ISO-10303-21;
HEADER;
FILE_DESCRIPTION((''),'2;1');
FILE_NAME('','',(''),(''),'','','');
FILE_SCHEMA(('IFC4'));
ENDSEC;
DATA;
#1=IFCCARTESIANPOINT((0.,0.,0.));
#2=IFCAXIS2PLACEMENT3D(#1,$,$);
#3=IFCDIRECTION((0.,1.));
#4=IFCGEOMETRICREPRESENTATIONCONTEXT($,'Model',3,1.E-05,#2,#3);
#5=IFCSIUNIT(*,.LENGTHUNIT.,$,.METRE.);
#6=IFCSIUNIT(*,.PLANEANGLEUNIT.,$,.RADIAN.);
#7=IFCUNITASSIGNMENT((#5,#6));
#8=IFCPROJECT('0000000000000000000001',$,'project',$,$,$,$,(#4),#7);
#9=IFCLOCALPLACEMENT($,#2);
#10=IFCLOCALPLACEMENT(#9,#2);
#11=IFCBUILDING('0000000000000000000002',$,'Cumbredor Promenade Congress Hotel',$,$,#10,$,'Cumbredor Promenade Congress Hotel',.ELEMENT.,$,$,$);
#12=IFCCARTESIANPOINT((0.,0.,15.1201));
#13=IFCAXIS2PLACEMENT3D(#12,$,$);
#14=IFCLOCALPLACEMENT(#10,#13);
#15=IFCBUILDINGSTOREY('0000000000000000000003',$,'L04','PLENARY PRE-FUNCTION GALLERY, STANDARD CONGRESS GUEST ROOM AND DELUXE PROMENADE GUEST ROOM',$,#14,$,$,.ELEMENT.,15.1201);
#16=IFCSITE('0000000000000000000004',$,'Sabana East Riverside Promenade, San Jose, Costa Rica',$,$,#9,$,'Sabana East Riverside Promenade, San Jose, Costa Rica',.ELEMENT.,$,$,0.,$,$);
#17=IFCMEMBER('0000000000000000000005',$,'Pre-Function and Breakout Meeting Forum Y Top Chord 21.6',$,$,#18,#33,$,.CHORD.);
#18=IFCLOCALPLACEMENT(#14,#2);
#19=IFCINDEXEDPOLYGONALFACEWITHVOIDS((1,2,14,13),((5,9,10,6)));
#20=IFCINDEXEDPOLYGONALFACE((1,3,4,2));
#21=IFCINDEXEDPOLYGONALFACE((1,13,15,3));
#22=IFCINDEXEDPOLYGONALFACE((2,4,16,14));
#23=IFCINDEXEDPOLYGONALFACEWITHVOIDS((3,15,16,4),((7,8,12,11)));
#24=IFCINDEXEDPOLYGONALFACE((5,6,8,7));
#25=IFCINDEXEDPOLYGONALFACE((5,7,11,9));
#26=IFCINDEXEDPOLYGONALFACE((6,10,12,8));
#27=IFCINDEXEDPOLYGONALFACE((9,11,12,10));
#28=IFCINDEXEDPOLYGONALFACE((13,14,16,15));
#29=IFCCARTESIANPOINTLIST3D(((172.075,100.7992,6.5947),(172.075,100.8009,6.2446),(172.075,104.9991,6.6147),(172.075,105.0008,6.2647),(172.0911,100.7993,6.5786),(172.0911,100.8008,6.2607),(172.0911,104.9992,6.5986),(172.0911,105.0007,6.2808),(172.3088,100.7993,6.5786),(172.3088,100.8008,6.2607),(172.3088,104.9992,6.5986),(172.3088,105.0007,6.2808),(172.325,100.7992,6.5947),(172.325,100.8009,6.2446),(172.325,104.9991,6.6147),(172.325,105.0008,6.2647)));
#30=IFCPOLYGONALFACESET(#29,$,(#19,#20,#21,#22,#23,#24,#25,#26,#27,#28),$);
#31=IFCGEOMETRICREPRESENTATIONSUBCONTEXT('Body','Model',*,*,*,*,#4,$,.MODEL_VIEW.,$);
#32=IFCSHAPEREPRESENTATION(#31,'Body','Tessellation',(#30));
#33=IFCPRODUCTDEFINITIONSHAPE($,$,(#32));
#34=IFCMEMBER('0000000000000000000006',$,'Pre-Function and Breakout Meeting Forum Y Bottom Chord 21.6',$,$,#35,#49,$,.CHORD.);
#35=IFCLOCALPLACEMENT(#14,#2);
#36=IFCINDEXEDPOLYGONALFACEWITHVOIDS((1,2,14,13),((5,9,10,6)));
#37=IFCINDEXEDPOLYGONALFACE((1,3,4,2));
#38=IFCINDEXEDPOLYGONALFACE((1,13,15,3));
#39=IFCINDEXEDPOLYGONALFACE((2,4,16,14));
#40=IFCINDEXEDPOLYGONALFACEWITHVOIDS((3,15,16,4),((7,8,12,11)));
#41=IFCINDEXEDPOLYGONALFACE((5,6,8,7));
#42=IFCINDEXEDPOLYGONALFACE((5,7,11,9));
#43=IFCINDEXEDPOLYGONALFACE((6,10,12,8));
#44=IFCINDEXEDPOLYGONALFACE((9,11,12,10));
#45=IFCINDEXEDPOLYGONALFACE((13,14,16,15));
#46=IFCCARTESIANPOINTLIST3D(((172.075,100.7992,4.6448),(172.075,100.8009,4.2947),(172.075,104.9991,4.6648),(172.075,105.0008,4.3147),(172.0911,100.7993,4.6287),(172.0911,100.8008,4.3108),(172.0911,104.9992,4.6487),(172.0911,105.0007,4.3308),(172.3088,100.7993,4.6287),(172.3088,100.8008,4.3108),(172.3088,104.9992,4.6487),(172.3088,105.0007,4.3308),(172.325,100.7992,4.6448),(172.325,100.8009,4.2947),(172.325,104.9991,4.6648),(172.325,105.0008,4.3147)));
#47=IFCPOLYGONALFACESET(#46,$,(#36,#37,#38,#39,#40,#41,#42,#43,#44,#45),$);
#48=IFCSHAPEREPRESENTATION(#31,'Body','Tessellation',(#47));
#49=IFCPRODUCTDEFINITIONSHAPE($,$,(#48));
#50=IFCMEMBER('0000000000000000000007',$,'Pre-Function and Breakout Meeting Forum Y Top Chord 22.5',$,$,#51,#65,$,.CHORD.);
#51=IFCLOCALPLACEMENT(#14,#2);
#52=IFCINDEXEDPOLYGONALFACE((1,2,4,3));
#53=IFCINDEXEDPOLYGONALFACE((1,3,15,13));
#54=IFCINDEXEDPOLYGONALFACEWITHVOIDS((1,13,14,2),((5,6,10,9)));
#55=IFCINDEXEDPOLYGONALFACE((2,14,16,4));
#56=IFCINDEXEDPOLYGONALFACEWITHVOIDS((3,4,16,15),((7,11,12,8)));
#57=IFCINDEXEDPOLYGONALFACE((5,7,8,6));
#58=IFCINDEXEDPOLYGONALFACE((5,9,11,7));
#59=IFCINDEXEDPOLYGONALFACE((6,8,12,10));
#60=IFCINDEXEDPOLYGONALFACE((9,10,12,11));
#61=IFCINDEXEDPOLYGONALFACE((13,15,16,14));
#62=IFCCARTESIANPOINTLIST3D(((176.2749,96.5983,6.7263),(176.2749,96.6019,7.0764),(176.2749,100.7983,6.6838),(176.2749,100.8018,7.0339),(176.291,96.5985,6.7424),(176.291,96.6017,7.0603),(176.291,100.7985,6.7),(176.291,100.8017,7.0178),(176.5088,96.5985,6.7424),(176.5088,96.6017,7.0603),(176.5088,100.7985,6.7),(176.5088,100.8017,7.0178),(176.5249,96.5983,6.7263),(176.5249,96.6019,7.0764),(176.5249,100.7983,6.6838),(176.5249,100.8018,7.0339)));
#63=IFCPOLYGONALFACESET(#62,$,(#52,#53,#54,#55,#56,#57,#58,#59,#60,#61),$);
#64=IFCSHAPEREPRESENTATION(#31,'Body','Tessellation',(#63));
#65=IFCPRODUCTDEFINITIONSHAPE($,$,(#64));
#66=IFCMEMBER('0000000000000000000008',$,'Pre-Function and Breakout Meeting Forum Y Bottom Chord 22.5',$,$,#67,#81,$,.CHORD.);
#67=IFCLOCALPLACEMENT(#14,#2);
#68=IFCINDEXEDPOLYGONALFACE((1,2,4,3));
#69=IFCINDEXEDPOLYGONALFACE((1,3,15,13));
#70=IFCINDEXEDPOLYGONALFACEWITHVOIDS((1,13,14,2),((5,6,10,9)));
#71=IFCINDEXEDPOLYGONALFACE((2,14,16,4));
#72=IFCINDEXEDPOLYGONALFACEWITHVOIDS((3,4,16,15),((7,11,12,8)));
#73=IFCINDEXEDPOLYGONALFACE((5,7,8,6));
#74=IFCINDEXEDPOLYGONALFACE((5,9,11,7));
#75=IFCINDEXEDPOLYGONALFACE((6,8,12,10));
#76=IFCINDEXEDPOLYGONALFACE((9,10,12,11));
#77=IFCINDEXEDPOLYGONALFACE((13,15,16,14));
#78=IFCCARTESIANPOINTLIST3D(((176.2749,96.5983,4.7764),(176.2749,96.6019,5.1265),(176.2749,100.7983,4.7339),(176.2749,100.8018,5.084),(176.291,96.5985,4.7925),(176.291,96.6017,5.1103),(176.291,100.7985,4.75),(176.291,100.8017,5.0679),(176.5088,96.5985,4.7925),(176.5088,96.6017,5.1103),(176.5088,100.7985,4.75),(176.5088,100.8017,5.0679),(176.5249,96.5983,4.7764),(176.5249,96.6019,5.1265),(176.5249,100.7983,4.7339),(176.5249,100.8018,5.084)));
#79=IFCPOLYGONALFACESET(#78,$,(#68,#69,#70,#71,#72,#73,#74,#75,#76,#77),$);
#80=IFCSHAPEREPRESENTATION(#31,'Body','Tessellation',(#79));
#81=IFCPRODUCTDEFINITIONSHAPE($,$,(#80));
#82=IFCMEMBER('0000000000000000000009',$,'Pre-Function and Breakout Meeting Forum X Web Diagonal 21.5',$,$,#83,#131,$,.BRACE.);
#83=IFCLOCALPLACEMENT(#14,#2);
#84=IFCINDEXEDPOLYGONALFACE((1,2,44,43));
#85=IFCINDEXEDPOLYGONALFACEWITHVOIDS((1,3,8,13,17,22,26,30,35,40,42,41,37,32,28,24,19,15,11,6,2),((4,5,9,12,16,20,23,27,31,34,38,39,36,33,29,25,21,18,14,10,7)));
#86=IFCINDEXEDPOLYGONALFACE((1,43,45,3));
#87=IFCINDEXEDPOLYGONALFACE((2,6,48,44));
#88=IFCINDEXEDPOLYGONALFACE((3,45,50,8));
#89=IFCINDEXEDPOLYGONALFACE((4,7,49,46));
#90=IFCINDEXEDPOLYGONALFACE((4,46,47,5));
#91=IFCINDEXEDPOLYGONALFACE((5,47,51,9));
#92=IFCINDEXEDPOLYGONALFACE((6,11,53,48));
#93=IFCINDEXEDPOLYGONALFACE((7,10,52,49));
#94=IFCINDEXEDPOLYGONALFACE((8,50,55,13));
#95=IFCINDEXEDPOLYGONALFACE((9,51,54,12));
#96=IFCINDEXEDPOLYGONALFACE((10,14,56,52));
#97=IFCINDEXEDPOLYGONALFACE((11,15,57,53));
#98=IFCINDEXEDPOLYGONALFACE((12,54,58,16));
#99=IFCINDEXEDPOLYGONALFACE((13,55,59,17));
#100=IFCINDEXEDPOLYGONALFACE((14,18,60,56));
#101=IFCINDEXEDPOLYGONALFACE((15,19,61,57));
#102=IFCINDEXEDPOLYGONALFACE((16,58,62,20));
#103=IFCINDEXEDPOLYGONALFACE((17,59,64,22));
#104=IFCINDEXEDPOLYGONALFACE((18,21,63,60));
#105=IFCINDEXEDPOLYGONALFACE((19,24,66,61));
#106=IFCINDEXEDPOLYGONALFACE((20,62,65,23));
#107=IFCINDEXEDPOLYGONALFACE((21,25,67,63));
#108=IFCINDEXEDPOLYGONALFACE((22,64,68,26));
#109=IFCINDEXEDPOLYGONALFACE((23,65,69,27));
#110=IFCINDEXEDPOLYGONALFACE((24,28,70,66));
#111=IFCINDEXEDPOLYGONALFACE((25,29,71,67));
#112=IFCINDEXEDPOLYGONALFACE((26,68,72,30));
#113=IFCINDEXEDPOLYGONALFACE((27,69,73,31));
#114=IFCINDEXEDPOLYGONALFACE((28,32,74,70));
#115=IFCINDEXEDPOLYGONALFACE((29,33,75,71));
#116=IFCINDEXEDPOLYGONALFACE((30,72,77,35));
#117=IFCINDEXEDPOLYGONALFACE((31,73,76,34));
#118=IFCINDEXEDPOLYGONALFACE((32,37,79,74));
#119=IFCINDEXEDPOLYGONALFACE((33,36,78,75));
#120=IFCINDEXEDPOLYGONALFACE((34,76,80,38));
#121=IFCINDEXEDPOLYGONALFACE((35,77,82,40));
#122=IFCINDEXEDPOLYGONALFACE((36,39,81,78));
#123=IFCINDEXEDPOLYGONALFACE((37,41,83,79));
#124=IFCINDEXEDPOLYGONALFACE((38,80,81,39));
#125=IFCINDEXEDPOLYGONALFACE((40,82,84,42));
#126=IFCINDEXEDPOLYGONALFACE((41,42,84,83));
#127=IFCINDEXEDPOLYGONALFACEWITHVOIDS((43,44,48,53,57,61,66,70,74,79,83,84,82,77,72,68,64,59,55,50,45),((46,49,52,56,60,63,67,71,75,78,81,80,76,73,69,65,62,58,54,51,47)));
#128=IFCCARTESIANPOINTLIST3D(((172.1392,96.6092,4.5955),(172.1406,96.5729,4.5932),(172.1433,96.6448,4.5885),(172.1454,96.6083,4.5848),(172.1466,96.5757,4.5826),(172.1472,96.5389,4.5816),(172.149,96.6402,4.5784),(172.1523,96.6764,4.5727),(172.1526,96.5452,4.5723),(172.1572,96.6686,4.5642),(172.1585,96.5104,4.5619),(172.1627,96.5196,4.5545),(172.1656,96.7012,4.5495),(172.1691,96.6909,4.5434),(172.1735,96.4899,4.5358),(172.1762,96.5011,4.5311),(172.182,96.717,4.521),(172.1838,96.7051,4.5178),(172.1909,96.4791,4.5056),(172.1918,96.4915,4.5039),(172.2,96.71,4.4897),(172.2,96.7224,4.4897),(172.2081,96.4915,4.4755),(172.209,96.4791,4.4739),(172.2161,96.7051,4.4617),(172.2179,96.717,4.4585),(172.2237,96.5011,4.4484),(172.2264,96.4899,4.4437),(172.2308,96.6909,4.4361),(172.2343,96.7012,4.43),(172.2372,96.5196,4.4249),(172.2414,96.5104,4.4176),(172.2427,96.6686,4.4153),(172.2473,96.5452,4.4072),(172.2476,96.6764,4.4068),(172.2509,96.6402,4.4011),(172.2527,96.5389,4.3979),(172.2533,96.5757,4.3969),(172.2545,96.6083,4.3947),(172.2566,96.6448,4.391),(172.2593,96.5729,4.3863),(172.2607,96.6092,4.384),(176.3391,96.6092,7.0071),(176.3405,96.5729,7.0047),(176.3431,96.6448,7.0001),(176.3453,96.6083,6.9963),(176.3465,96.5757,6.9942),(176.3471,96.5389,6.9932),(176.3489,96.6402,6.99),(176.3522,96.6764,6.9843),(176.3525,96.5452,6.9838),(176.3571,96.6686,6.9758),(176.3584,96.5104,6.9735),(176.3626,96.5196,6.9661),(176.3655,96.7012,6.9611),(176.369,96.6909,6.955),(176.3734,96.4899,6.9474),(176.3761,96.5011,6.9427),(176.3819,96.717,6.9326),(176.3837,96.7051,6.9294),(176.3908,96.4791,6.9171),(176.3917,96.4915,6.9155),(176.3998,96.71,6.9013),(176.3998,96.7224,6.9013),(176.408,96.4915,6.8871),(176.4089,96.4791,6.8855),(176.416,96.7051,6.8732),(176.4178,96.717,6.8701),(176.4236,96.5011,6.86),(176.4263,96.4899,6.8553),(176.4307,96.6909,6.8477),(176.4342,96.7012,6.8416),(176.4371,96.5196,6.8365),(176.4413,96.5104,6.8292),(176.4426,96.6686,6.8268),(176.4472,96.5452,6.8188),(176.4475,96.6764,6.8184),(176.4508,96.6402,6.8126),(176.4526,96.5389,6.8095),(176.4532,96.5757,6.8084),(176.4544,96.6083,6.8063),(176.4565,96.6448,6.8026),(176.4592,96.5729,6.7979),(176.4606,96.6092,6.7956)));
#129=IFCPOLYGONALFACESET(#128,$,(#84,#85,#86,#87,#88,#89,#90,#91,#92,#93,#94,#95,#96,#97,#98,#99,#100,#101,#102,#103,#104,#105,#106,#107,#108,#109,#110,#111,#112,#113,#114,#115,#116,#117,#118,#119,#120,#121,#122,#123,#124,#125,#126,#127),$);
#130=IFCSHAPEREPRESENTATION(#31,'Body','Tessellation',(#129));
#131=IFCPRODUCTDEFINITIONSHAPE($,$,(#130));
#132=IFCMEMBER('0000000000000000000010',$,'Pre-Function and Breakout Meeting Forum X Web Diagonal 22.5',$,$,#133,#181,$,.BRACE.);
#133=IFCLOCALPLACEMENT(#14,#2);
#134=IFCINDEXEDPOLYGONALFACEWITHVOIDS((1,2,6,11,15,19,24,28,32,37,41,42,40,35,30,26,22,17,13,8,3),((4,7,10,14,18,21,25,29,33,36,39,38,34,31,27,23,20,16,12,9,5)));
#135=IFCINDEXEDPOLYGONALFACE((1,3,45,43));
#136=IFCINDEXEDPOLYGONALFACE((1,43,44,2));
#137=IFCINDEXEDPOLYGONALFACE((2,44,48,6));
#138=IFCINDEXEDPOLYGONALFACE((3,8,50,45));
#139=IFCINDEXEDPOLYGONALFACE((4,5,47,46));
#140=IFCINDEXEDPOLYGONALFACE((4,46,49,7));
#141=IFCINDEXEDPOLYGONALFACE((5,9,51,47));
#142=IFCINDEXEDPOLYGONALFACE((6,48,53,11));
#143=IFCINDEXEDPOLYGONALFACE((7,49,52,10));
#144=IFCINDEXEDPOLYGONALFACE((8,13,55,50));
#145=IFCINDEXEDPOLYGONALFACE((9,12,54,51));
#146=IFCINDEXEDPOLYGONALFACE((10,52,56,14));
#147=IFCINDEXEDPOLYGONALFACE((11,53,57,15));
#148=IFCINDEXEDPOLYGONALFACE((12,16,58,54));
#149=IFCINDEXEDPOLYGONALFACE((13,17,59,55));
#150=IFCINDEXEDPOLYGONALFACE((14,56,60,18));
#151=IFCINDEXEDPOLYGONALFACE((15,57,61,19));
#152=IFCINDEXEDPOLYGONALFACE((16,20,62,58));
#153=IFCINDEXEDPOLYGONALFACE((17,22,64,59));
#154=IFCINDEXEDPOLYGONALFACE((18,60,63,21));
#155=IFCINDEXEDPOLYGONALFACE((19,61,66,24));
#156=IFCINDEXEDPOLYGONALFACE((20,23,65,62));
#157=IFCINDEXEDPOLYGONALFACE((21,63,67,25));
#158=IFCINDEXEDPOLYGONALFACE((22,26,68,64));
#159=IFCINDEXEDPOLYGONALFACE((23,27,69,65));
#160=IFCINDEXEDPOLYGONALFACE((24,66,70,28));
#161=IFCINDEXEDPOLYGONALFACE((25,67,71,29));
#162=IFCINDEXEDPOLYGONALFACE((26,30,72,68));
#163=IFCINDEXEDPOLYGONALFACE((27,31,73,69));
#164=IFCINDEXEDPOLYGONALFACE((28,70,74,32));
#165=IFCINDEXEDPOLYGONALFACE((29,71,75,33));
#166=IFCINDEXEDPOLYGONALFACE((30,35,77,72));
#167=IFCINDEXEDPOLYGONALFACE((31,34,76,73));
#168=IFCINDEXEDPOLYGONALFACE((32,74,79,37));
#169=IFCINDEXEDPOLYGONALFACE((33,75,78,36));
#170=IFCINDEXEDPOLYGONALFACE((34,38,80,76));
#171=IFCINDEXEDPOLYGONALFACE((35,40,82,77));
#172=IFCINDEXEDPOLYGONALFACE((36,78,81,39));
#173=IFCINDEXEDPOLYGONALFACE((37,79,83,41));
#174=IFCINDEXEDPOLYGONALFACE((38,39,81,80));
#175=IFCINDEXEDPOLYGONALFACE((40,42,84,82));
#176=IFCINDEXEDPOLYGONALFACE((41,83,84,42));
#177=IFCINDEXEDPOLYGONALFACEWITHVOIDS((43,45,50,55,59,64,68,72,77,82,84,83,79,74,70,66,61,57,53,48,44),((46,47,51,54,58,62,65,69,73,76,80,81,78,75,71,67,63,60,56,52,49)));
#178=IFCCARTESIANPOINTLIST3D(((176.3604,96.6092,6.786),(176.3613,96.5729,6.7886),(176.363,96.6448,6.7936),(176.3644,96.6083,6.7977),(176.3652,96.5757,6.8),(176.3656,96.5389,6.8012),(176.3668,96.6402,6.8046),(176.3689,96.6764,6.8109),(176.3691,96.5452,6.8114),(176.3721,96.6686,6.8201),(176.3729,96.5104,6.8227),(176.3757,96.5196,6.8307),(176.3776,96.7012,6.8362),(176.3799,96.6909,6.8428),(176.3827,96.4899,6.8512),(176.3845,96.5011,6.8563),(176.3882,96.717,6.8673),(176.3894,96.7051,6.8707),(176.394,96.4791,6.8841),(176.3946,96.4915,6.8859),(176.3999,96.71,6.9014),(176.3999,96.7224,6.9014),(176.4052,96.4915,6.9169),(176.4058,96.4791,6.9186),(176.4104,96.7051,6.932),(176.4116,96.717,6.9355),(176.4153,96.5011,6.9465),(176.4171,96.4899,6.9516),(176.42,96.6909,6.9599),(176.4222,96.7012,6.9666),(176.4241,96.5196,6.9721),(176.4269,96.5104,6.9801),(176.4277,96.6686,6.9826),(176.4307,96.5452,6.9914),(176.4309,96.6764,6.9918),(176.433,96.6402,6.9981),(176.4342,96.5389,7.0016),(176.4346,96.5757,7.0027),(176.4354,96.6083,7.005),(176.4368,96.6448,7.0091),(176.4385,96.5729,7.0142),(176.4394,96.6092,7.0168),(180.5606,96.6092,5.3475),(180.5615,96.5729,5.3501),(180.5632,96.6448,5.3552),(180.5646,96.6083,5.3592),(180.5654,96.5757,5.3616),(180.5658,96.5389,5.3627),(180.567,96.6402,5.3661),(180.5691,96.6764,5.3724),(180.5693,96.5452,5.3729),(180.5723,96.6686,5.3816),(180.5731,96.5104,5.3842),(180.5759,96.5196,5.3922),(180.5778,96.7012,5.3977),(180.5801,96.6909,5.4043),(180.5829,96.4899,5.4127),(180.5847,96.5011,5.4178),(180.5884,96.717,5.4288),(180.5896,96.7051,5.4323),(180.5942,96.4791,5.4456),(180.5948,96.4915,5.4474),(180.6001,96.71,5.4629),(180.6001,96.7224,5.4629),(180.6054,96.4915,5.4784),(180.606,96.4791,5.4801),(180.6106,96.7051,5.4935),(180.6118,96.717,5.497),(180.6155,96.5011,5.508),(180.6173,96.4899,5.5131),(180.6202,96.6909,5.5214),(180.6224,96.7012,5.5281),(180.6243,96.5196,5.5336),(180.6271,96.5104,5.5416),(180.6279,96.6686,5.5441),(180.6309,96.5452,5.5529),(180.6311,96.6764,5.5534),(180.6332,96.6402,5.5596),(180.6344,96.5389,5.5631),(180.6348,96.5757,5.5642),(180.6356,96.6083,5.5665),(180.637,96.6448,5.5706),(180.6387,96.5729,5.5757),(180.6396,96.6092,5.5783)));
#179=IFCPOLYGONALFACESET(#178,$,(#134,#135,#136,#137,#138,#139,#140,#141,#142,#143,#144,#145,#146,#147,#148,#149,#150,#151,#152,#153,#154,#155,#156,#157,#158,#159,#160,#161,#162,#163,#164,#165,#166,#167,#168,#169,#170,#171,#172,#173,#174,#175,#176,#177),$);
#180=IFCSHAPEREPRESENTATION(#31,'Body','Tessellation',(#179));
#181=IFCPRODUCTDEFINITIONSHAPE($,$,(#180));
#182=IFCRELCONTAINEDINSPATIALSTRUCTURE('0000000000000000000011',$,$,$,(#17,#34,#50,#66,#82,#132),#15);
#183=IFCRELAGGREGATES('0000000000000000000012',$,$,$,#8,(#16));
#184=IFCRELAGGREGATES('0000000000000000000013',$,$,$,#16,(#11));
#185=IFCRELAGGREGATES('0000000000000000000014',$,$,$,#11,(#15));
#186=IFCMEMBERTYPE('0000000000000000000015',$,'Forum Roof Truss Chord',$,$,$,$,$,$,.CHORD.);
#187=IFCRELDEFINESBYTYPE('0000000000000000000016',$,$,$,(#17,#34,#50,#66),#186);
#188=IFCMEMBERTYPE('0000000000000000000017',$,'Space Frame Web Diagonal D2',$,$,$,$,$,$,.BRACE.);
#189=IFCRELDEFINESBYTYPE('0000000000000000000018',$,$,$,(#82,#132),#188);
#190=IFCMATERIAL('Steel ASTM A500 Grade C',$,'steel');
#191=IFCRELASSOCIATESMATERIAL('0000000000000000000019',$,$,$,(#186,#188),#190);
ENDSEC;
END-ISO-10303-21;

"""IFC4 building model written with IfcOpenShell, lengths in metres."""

from ifc_helpers import new_model, si_unit, direction, frame, origin, origin_2d, place, context, subcontext, project, spatial, hollow_rectangle, hollow_circle, extrude, material, material_profile, profile_set, type_object, element, save


model = new_model("IFC4")

# Units and contexts
model_context = context("Model", 3, precision=1e-05, world=origin(), true_north=direction((0.0, 1.0)))
body_context = subcontext(model_context, "Body", "Model", "MODEL_VIEW")
ifc_project = project(units=[si_unit("LENGTHUNIT", "METRE"), si_unit("PLANEANGLEUNIT", "RADIAN")], contexts=[model_context])

# Site, building, storey
site_placement = place(None, origin())
site = spatial("IfcSite", under=ifc_project, at=site_placement, Name="Sabana East Riverside Promenade, San Jose, Costa Rica", LongName="Sabana East Riverside Promenade, San Jose, Costa Rica", CompositionType="ELEMENT", RefElevation=0.0)
building_placement = place(site_placement, origin())
building = spatial("IfcBuilding", under=site, at=building_placement, Name="Cumbredor Promenade Congress Hotel", LongName="Cumbredor Promenade Congress Hotel", CompositionType="ELEMENT")
storey_placement = place(building_placement, frame((0.0, 0.0, 15.1201)))
storey = spatial("IfcBuildingStorey", under=building, at=storey_placement, Name="L04", Description="PLENARY PRE-FUNCTION GALLERY, STANDARD CONGRESS GUEST ROOM AND DELUXE PROMENADE GUEST ROOM", CompositionType="ELEMENT", Elevation=15.1201)

# Members
ifc_material_1 = material(Name="Steel ASTM A500 Grade C", Category="steel")
ifc_material_profile_1 = material_profile(ifc_material_1, hollow_rectangle(XDim=0.25, YDim=0.3501, WallThickness=0.0161, at=origin_2d()), Name="HSS 350x250x16")
ifc_profile_set_1 = profile_set([ifc_material_profile_1], Name="Steel ASTM A500 Grade C")
member_type_1 = type_object("IfcMemberType", Name="Forum Roof Truss Chord", PredefinedType="CHORD", material=ifc_profile_set_1)
for number, where, z_axis, x_axis, name in (
    (1, (172.2, 100.8, 6.4197), (0.0, 0.999989, 0.004767), (-1.0, 0.0, 0.0), "Pre-Function and Breakout Meeting Forum Y Top Chord 21.6"),
    (2, (172.2, 100.8, 4.4697), (0.0, 0.999989, 0.004767), (-1.0, 0.0, 0.0), "Pre-Function and Breakout Meeting Forum Y Bottom Chord 21.6"),
):
    element("IfcMember", number, at=place(storey_placement, frame(where, z_axis=z_axis, x_axis=x_axis)), inside=storey, type_object=member_type_1, Name=name, PredefinedType="CHORD", context=body_context, shape_type="SweptSolid", body=[
        extrude(hollow_rectangle(XDim=0.25, YDim=0.3501, WallThickness=0.0161, at=origin_2d()), origin(), (0.0, 0.0, 1.0), 4.2),
    ])
for number, where, z_axis, x_axis, name in (
    (3, (176.3999, 96.6001, 6.9014), (0.0, 0.999949, -0.010114), (-1.0, 0.0, 0.0), "Pre-Function and Breakout Meeting Forum Y Top Chord 22.5"),
    (4, (176.3999, 96.6001, 4.9514), (0.0, 0.999949, -0.010114), (-1.0, 0.0, 0.0), "Pre-Function and Breakout Meeting Forum Y Bottom Chord 22.5"),
):
    element("IfcMember", number, at=place(storey_placement, frame(where, z_axis=z_axis, x_axis=x_axis)), inside=storey, type_object=member_type_1, Name=name, PredefinedType="CHORD", context=body_context, shape_type="SweptSolid", body=[
        extrude(hollow_rectangle(XDim=0.25, YDim=0.3501, WallThickness=0.0161, at=origin_2d()), origin(), (0.0, 0.0, 1.0), 4.2002),
    ])
ifc_material_profile_2 = material_profile(ifc_material_1, hollow_circle(Radius=0.1223, WallThickness=0.0125, at=origin_2d()), Name="CHS 244.5x12.5")
ifc_profile_set_2 = profile_set([ifc_material_profile_2], Name="Steel ASTM A500 Grade C")
member_type_2 = type_object("IfcMemberType", Name="Space Frame Web Diagonal D2", PredefinedType="BRACE", material=ifc_profile_set_2)
member_1_placement = place(storey_placement, frame((172.2, 96.6001, 4.4897), z_axis=(0.867205, 0.0, 0.497951), x_axis=(0.0, 1.0, 0.0)))
element("IfcMember", 5, at=member_1_placement, inside=storey, type_object=member_type_2, Name="Pre-Function and Breakout Meeting Forum X Web Diagonal 21.5", PredefinedType="BRACE", context=body_context, shape_type="SweptSolid", body=[
    extrude(hollow_circle(Radius=0.1223, WallThickness=0.0125, at=origin_2d()), origin(), (0.0, 0.0, 1.0), 4.843),
])
member_2_placement = place(storey_placement, frame((176.3999, 96.6001, 6.9014), z_axis=(0.946056, 0.0, -0.324004), x_axis=(0.0, 1.0, 0.0)))
element("IfcMember", 6, at=member_2_placement, inside=storey, type_object=member_type_2, Name="Pre-Function and Breakout Meeting Forum X Web Diagonal 22.5", PredefinedType="BRACE", context=body_context, shape_type="SweptSolid", body=[
    extrude(hollow_circle(Radius=0.1223, WallThickness=0.0125, at=origin_2d()), origin(), (0.0, 0.0, 1.0), 4.4397),
])

save(model, "model.ifc")
